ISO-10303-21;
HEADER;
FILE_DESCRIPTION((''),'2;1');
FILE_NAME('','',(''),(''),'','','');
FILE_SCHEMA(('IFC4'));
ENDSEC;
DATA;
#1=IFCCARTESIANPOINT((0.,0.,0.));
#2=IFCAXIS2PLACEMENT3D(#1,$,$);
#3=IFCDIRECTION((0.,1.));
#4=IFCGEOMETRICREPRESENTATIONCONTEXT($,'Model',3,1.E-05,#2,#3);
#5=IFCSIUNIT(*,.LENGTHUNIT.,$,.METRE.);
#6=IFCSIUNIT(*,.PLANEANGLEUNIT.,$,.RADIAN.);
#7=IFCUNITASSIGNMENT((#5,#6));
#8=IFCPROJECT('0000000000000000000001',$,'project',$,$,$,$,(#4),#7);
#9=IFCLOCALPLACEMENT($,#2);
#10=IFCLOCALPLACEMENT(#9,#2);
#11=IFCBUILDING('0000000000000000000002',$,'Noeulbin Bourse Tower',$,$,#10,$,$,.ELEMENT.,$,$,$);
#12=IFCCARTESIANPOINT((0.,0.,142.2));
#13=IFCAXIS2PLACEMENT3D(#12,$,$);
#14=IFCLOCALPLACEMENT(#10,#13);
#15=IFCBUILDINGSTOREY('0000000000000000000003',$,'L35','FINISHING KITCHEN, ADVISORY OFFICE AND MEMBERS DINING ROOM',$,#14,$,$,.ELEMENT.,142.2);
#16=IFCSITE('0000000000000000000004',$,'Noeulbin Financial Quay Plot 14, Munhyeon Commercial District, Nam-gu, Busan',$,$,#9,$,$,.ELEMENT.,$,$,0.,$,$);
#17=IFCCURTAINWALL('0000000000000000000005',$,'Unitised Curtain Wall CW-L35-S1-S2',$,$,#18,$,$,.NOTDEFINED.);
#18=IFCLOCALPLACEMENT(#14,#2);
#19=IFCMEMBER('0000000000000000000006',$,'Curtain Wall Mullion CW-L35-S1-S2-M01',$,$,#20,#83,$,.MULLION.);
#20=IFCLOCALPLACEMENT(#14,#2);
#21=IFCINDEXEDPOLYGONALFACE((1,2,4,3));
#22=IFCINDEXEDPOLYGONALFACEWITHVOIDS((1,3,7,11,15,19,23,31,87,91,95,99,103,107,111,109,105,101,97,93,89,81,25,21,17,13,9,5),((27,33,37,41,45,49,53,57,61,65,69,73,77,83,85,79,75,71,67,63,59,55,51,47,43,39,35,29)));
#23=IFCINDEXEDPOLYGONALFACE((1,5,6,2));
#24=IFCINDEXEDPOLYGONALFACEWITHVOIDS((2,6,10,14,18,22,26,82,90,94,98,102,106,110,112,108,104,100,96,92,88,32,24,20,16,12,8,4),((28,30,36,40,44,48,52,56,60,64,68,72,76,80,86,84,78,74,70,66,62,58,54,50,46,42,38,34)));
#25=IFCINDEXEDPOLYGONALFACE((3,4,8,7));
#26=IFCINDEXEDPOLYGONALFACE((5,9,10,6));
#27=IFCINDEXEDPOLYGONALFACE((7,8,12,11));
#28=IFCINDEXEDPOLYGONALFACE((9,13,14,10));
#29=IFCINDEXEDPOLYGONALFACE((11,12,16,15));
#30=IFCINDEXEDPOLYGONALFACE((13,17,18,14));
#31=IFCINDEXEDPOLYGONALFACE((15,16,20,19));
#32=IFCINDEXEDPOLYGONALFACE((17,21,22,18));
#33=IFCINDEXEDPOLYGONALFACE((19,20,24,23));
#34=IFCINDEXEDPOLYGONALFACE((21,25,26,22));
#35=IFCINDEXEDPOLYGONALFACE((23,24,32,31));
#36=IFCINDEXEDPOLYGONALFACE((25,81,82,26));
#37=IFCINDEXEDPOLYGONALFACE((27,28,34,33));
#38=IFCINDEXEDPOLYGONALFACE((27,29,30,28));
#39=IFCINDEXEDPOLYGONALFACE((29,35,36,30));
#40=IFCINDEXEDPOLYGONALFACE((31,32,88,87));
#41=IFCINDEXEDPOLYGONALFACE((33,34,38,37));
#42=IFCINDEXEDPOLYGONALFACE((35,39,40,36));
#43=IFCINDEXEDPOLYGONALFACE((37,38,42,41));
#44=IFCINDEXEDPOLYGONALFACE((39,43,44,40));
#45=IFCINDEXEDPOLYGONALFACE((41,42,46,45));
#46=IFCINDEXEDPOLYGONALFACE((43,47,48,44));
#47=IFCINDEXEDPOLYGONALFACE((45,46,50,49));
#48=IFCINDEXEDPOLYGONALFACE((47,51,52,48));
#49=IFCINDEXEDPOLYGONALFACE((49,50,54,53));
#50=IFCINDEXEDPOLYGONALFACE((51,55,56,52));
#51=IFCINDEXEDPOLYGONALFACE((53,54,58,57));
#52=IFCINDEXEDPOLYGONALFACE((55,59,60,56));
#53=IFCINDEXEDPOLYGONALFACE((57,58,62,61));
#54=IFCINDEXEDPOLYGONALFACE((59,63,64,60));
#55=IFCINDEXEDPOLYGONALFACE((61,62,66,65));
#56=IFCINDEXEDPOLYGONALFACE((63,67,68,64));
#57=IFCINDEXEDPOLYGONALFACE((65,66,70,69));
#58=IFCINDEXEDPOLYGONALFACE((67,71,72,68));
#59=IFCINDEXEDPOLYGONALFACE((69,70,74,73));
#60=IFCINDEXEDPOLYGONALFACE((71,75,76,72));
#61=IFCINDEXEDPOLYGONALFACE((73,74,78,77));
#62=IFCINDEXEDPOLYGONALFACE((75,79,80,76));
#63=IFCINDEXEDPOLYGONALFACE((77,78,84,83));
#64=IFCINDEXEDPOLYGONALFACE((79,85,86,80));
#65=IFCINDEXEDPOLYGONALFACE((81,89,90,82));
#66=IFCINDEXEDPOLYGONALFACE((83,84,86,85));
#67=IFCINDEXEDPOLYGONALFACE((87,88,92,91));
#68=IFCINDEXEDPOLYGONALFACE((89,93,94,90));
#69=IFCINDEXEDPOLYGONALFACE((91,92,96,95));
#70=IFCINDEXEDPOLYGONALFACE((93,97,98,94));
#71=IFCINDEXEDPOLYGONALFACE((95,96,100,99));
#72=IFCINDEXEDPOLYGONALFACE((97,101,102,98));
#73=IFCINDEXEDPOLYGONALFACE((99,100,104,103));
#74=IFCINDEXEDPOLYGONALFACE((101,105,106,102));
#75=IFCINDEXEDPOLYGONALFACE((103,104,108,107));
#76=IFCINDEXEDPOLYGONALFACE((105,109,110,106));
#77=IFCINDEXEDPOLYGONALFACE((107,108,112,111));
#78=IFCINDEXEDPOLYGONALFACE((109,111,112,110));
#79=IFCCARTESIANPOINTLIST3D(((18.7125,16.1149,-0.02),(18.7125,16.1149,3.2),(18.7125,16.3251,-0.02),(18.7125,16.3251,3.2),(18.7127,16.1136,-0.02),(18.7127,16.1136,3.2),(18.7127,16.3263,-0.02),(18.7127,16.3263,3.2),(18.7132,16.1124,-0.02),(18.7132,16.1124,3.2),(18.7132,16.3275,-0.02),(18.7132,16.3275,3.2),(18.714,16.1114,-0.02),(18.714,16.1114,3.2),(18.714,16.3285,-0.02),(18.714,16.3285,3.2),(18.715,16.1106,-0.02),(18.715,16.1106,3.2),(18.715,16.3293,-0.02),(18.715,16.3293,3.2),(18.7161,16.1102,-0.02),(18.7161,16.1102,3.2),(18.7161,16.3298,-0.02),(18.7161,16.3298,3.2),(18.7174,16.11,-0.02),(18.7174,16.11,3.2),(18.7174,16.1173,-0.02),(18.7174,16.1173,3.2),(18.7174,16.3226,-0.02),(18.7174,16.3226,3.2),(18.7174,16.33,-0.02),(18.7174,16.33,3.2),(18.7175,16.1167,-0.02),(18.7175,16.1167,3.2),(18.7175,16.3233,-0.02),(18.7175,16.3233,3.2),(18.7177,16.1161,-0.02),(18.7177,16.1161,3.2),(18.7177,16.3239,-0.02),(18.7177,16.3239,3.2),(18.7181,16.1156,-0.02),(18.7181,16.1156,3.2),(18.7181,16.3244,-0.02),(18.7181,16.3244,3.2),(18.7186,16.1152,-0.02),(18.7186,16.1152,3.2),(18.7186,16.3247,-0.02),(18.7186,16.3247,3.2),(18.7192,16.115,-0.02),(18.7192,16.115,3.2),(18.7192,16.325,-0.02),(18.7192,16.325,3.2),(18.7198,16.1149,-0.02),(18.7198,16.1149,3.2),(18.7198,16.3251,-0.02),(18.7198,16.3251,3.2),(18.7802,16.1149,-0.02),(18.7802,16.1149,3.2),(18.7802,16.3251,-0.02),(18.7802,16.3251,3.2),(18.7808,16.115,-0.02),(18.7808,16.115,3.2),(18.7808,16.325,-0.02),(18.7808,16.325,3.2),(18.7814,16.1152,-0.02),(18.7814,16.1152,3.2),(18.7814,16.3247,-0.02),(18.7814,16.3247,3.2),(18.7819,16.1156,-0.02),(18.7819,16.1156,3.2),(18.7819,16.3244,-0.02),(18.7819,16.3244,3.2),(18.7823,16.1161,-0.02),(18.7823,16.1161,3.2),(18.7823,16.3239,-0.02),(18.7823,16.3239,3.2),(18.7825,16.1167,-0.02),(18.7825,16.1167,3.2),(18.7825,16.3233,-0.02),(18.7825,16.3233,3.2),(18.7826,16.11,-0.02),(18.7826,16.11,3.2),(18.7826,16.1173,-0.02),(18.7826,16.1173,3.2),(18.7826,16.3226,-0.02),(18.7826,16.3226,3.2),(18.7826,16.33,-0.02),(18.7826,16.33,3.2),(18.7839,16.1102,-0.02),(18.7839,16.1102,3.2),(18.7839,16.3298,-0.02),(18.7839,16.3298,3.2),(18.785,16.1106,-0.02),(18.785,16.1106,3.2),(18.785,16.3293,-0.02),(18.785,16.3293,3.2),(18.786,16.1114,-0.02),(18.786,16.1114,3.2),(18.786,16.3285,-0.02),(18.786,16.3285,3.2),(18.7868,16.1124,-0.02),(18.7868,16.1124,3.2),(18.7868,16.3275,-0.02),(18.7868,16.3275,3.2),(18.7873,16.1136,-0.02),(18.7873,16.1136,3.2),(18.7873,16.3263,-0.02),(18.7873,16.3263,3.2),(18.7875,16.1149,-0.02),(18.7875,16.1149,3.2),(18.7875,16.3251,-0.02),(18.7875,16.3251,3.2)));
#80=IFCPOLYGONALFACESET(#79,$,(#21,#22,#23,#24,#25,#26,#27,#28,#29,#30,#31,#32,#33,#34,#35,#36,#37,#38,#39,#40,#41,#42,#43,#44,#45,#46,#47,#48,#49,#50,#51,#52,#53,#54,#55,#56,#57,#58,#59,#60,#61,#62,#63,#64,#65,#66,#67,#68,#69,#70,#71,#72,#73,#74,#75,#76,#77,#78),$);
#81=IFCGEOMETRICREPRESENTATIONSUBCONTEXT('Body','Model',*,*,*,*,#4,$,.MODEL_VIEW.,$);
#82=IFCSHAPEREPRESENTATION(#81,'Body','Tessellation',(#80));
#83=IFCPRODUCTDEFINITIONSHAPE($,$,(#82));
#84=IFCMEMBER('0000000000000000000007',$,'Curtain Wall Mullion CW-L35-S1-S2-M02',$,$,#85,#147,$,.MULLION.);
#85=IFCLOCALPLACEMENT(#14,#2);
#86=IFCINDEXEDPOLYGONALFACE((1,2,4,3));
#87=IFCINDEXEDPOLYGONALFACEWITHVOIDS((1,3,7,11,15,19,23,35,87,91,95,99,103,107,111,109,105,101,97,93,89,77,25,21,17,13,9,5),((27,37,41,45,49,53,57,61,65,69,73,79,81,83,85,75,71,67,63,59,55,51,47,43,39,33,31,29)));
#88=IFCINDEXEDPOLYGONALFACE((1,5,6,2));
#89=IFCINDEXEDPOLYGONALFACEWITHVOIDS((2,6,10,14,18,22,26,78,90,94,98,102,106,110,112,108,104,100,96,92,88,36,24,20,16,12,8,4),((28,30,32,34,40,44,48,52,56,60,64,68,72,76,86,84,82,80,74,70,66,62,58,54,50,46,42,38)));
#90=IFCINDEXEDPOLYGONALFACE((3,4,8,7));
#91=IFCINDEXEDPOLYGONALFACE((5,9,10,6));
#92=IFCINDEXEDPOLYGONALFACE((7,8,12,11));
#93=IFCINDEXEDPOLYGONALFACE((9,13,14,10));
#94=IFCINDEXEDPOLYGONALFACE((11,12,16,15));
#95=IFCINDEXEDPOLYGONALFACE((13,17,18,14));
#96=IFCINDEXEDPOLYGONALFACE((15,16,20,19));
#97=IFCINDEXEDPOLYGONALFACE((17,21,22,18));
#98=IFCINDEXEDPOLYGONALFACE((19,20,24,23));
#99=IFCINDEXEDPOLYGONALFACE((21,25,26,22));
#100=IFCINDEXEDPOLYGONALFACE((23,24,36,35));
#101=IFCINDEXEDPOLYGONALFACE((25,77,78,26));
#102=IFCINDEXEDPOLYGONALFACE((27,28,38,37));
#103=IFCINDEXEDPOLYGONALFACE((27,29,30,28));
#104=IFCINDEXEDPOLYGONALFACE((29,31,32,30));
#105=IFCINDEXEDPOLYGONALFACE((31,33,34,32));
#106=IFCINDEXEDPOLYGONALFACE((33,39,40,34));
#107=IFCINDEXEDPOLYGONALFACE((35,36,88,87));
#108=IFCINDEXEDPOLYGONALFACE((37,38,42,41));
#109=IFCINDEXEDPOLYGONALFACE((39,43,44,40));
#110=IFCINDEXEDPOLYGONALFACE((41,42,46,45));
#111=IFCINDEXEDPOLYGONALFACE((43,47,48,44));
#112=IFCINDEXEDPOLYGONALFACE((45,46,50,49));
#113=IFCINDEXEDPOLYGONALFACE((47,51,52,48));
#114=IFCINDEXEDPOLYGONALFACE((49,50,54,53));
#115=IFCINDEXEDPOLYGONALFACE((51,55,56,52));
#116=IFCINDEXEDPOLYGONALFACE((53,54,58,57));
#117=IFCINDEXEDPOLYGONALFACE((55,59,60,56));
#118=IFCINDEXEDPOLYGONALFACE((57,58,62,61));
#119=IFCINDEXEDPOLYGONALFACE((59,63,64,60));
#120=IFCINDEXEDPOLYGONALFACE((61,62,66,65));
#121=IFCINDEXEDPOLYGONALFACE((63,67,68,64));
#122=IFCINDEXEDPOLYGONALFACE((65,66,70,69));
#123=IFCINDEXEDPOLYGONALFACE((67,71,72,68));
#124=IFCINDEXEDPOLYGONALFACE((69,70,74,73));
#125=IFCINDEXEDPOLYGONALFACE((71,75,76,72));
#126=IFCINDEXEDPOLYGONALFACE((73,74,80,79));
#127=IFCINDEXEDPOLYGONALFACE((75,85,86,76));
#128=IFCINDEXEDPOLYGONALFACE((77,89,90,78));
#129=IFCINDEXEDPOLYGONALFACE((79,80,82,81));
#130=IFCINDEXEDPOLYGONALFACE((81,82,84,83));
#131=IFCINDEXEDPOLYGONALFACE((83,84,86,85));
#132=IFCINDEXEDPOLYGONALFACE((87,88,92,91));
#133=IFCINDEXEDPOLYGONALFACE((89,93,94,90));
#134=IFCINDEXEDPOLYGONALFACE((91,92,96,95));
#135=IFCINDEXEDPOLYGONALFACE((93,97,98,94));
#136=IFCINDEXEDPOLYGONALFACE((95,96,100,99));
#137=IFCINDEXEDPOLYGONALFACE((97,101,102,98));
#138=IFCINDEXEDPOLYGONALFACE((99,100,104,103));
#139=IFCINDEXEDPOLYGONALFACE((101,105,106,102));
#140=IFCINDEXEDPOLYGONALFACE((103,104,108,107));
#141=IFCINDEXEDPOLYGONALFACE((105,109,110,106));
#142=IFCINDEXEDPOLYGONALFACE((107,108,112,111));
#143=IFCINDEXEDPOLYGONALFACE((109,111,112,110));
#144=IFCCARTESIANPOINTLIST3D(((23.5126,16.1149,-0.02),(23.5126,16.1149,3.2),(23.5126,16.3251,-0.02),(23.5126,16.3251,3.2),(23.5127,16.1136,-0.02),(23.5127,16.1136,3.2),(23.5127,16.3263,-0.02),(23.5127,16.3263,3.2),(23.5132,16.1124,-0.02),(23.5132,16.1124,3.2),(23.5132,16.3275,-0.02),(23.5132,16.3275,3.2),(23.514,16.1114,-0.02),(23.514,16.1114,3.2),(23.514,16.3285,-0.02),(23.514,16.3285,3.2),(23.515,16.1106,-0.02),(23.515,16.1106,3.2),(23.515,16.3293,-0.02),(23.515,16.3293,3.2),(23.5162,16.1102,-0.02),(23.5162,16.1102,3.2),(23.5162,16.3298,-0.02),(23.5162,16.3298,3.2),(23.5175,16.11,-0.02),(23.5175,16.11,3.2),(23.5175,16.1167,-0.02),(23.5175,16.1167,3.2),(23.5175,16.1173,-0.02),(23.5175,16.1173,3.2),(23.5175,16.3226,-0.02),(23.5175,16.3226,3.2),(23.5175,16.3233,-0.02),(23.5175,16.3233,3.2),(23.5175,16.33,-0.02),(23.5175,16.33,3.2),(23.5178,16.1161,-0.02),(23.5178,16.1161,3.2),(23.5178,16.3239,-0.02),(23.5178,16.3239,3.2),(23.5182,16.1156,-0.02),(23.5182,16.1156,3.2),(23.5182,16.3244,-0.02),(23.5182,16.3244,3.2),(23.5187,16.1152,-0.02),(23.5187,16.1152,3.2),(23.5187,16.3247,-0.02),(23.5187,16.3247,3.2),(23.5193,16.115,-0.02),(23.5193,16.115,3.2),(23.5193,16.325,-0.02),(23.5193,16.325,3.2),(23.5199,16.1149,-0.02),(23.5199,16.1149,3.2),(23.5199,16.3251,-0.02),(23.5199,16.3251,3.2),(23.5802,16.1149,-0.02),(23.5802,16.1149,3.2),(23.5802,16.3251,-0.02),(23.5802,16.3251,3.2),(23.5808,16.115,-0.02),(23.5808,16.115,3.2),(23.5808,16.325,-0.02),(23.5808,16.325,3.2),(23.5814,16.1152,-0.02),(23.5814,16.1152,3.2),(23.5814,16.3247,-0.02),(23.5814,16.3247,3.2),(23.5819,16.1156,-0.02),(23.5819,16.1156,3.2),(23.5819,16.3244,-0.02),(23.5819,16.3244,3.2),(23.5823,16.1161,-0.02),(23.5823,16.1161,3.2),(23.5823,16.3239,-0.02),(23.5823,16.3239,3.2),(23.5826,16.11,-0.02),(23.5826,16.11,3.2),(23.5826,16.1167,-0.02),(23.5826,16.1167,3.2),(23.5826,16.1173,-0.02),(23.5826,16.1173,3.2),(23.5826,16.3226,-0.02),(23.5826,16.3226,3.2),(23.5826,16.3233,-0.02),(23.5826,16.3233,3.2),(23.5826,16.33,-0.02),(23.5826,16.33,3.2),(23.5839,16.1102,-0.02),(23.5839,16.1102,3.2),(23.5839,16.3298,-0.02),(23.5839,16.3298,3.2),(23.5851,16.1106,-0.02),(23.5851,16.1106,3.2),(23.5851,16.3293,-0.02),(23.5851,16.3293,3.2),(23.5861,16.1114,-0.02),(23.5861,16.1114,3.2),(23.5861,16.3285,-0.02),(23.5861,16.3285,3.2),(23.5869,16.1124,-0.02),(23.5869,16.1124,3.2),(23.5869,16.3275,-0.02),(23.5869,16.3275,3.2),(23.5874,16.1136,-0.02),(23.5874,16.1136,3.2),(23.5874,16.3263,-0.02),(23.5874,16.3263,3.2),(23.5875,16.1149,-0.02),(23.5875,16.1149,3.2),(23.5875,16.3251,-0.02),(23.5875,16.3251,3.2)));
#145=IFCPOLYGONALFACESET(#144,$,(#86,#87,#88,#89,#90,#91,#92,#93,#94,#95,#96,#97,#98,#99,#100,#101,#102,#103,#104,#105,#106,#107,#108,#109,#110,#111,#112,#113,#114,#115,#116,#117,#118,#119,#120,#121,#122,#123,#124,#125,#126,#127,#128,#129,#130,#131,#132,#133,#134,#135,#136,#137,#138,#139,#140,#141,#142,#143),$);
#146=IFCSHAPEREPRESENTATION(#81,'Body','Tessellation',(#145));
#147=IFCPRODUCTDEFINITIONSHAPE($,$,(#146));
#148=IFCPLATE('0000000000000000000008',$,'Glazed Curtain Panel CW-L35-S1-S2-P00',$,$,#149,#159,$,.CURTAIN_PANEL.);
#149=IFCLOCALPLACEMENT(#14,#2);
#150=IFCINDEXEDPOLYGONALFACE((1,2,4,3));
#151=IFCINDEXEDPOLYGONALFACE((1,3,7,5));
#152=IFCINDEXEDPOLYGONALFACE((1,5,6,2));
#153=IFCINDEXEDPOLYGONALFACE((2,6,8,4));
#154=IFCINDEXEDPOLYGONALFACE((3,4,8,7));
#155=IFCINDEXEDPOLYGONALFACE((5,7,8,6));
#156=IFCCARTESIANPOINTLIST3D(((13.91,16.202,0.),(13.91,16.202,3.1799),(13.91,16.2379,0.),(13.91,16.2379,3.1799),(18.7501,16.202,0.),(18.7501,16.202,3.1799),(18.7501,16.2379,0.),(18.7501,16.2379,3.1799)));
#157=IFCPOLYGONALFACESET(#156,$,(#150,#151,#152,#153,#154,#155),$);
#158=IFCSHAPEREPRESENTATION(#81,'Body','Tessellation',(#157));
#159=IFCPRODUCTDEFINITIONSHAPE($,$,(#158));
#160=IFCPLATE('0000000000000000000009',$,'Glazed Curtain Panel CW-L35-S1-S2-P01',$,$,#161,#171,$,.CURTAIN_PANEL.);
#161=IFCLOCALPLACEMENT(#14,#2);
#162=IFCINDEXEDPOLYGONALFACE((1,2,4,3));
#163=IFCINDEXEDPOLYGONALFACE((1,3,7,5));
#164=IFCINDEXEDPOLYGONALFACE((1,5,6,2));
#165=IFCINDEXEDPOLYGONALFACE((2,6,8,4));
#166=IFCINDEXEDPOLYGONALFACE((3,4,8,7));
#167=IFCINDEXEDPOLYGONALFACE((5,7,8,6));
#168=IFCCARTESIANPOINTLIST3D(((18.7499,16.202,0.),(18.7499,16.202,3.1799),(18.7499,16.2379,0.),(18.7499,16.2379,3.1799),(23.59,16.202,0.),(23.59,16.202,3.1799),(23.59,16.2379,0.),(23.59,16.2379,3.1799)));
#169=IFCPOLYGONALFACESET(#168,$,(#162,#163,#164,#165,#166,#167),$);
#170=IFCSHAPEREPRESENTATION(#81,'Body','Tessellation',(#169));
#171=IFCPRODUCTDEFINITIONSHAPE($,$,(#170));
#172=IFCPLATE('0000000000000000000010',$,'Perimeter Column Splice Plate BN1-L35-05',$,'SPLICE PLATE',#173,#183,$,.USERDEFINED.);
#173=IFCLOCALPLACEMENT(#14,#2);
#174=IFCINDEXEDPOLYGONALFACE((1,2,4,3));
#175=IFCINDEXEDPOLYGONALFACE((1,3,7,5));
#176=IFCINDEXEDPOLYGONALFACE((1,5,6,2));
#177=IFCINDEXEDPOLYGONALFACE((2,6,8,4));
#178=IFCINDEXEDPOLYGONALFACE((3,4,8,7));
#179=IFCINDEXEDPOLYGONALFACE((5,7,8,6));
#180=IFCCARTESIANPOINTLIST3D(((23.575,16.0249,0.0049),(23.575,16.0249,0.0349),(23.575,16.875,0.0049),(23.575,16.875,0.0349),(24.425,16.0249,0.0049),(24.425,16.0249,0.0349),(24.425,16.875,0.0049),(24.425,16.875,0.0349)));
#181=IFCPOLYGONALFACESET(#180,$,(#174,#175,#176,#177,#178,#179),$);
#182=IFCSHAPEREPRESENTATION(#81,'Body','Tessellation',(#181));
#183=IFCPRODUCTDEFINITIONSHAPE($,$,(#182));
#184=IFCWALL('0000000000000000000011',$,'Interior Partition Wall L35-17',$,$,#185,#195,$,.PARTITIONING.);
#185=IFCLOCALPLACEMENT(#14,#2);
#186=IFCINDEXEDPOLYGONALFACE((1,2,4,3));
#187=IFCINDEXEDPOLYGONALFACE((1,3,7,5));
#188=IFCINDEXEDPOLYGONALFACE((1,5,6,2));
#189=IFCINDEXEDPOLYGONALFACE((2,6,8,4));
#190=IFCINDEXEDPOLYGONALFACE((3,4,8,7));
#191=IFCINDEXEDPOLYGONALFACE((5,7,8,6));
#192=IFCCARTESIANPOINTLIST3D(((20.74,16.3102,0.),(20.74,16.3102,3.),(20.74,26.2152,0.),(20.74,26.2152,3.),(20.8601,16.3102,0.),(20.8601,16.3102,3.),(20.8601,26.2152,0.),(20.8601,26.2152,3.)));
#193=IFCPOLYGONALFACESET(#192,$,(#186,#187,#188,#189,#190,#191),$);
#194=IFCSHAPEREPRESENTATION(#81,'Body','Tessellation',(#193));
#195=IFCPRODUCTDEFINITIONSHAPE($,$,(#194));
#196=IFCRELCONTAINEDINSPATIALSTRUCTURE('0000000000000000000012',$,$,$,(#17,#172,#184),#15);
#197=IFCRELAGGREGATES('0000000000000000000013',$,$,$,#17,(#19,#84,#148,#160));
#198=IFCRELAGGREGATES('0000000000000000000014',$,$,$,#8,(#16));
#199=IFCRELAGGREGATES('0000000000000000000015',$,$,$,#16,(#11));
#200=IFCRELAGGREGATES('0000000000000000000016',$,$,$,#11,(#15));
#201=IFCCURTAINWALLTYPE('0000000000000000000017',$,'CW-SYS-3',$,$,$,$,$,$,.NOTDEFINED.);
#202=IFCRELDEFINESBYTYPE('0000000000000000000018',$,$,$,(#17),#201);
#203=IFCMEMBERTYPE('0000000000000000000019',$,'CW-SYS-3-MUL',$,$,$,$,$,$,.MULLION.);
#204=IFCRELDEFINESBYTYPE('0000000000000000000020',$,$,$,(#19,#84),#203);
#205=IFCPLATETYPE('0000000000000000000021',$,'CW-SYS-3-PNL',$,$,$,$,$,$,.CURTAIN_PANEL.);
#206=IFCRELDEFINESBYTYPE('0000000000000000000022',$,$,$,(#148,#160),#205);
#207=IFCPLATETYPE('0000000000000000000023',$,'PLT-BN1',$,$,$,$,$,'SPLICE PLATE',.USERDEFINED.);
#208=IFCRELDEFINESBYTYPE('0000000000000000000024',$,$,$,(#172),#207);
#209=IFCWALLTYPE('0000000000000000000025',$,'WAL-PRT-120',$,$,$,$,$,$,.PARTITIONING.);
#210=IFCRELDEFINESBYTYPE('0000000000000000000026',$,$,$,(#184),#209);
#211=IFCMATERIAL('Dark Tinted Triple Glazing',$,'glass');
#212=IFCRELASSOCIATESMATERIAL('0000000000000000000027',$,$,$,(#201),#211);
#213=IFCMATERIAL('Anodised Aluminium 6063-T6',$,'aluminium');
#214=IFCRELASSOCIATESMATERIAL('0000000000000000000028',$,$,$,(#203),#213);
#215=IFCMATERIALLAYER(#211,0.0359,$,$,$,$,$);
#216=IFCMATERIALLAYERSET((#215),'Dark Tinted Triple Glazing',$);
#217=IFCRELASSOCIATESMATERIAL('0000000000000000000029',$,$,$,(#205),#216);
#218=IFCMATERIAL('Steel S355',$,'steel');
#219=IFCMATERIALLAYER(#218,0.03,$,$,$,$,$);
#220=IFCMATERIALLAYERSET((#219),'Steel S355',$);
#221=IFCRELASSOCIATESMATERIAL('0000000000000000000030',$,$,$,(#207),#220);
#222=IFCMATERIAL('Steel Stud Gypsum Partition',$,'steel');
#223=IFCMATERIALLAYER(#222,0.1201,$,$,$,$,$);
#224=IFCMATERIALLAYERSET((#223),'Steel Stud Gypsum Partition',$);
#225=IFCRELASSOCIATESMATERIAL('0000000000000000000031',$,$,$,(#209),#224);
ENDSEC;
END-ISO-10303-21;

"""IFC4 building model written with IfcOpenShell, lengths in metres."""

from ifc_helpers import new_model, si_unit, direction, frame, frame_2d, origin, origin_2d, place, context, subcontext, project, spatial, rectangle, hollow_rectangle, extrude, material, layer, layer_set, material_profile, profile_set, type_object, element, aggregate, save


model = new_model("IFC4")

# Units and contexts
model_context = context("Model", 3, precision=1e-05, world=origin(), true_north=direction((0.0, 1.0)))
body_context = subcontext(model_context, "Body", "Model", "MODEL_VIEW")
ifc_project = project(units=[si_unit("LENGTHUNIT", "METRE"), si_unit("PLANEANGLEUNIT", "RADIAN")], contexts=[model_context])

# Site, building, storey
site_placement = place(None, origin())
site = spatial("IfcSite", under=ifc_project, at=site_placement, Name="Noeulbin Financial Quay Plot 14, Munhyeon Commercial District, Nam-gu, Busan", CompositionType="ELEMENT", RefElevation=0.0)
building_placement = place(site_placement, origin())
building = spatial("IfcBuilding", under=site, at=building_placement, Name="Noeulbin Bourse Tower", CompositionType="ELEMENT")
storey_placement = place(building_placement, frame((0.0, 0.0, 142.2)))
storey = spatial("IfcBuildingStorey", under=building, at=storey_placement, Name="L35", Description="FINISHING KITCHEN, ADVISORY OFFICE AND MEMBERS DINING ROOM", CompositionType="ELEMENT", Elevation=142.2)

# Shared definitions
ifc_material_1 = material(Name="Steel S355", Category="steel")

# Curtain wall, members, plates
ifc_material_2 = material(Name="Dark Tinted Triple Glazing", Category="glass")
curtain_wall_type = type_object("IfcCurtainWallType", Name="CW-SYS-3", PredefinedType="NOTDEFINED", material=ifc_material_2)
curtain_wall_placement = place(storey_placement, origin())
curtain_wall = element("IfcCurtainWall", 1, at=curtain_wall_placement, inside=storey, type_object=curtain_wall_type, Name="Unitised Curtain Wall CW-L35-S1-S2", PredefinedType="NOTDEFINED")
ifc_material_3 = material(Name="Anodised Aluminium 6063-T6", Category="aluminium")
ifc_material_profile_1 = material_profile(ifc_material_3, hollow_rectangle(XDim=0.075, YDim=0.22, WallThickness=0.0049, InnerFilletRadius=0.0024, OuterFilletRadius=0.0049, at=origin_2d()), Name="ALU-MULL-75x220x5", Category="LoadBearing")
ifc_profile_set_1 = profile_set([ifc_material_profile_1], Name="Anodised Aluminium 6063-T6")
member_type = type_object("IfcMemberType", Name="CW-SYS-3-MUL", PredefinedType="MULLION", material=ifc_profile_set_1)
member_1_placement = place(storey_placement, frame((18.75, 16.22, -0.02), z_axis=(0.0, 0.0, 1.0), x_axis=(1.0, 0.0, 0.0)))
member_1 = element("IfcMember", 2, at=member_1_placement, type_object=member_type, Name="Curtain Wall Mullion CW-L35-S1-S2-M01", PredefinedType="MULLION", context=body_context, shape_type="SweptSolid", body=[
    extrude(hollow_rectangle(XDim=0.075, YDim=0.22, WallThickness=0.0049, InnerFilletRadius=0.0024, OuterFilletRadius=0.0049, at=origin_2d()), origin(), (0.0, 0.0, 1.0), 3.22),
])
member_2_placement = place(storey_placement, frame((23.55, 16.22, -0.02), z_axis=(0.0, 0.0, 1.0), x_axis=(1.0, 0.0, 0.0)))
member_2 = element("IfcMember", 3, at=member_2_placement, type_object=member_type, Name="Curtain Wall Mullion CW-L35-S1-S2-M02", PredefinedType="MULLION", context=body_context, shape_type="SweptSolid", body=[
    extrude(hollow_rectangle(XDim=0.075, YDim=0.22, WallThickness=0.0049, InnerFilletRadius=0.0024, OuterFilletRadius=0.0049, at=origin_2d()), origin(), (0.0, 0.0, 1.0), 3.22),
])
ifc_layer_1 = layer(ifc_material_2, 0.0359)
ifc_layer_set_1 = layer_set([ifc_layer_1], Name="Dark Tinted Triple Glazing")
plate_type_1 = type_object("IfcPlateType", Name="CW-SYS-3-PNL", PredefinedType="CURTAIN_PANEL", material=ifc_layer_set_1)
plate_1_placement = place(storey_placement, frame((16.3301, 16.22, 0.0), z_axis=(0.0, 0.0, 1.0), x_axis=(1.0, 0.0, 0.0)))
plate_1 = element("IfcPlate", 4, at=plate_1_placement, type_object=plate_type_1, Name="Glazed Curtain Panel CW-L35-S1-S2-P00", PredefinedType="CURTAIN_PANEL", context=body_context, shape_type="SweptSolid", body=[
    extrude(rectangle(XDim=4.8401, YDim=0.0359, at=origin_2d()), origin(), (0.0, 0.0, 1.0), 3.1799),
])
plate_2_placement = place(storey_placement, frame((21.1699, 16.22, 0.0), z_axis=(0.0, 0.0, 1.0), x_axis=(1.0, 0.0, 0.0)))
plate_2 = element("IfcPlate", 5, at=plate_2_placement, type_object=plate_type_1, Name="Glazed Curtain Panel CW-L35-S1-S2-P01", PredefinedType="CURTAIN_PANEL", context=body_context, shape_type="SweptSolid", body=[
    extrude(rectangle(XDim=4.8401, YDim=0.0359, at=origin_2d()), origin(), (0.0, 0.0, 1.0), 3.1799),
])
aggregate(curtain_wall, [member_1, member_2, plate_1, plate_2])

# Plate
ifc_layer_2 = layer(ifc_material_1, 0.03)
ifc_layer_set_2 = layer_set([ifc_layer_2], Name="Steel S355")
plate_type_2 = type_object("IfcPlateType", Name="PLT-BN1", ElementType="SPLICE PLATE", PredefinedType="USERDEFINED", material=ifc_layer_set_2)
plate_3_placement = place(storey_placement, frame((24.0, 16.45, 0.0049), z_axis=(0.0, 0.0, 1.0), x_axis=(1.0, 0.0, 0.0)))
element("IfcPlate", 6, at=plate_3_placement, inside=storey, type_object=plate_type_2, Name="Perimeter Column Splice Plate BN1-L35-05", ObjectType="SPLICE PLATE", PredefinedType="USERDEFINED", context=body_context, shape_type="SweptSolid", body=[
    extrude(rectangle(XDim=0.8501, YDim=0.8501, at=origin_2d()), origin(), (0.0, 0.0, 1.0), 0.03),
])

# Wall
ifc_material_4 = material(Name="Steel Stud Gypsum Partition", Category="steel")
ifc_layer_3 = layer(ifc_material_4, 0.1201)
ifc_layer_set_3 = layer_set([ifc_layer_3], Name="Steel Stud Gypsum Partition")
wall_type = type_object("IfcWallType", Name="WAL-PRT-120", PredefinedType="PARTITIONING", material=ifc_layer_set_3)
wall_placement = place(storey_placement, frame((20.8, 16.3101, 0.0), z_axis=(0.0, 0.0, 1.0), x_axis=(0.0, 1.0, 0.0)))
element("IfcWall", 7, at=wall_placement, inside=storey, type_object=wall_type, Name="Interior Partition Wall L35-17", PredefinedType="PARTITIONING", context=body_context, shape_type="SweptSolid", body=[
    extrude(rectangle(XDim=9.905, YDim=0.1201, at=frame_2d((4.9526, 0.0))), origin(), (0.0, 0.0, 1.0), 3.0),
])

save(model, "model.ifc")
